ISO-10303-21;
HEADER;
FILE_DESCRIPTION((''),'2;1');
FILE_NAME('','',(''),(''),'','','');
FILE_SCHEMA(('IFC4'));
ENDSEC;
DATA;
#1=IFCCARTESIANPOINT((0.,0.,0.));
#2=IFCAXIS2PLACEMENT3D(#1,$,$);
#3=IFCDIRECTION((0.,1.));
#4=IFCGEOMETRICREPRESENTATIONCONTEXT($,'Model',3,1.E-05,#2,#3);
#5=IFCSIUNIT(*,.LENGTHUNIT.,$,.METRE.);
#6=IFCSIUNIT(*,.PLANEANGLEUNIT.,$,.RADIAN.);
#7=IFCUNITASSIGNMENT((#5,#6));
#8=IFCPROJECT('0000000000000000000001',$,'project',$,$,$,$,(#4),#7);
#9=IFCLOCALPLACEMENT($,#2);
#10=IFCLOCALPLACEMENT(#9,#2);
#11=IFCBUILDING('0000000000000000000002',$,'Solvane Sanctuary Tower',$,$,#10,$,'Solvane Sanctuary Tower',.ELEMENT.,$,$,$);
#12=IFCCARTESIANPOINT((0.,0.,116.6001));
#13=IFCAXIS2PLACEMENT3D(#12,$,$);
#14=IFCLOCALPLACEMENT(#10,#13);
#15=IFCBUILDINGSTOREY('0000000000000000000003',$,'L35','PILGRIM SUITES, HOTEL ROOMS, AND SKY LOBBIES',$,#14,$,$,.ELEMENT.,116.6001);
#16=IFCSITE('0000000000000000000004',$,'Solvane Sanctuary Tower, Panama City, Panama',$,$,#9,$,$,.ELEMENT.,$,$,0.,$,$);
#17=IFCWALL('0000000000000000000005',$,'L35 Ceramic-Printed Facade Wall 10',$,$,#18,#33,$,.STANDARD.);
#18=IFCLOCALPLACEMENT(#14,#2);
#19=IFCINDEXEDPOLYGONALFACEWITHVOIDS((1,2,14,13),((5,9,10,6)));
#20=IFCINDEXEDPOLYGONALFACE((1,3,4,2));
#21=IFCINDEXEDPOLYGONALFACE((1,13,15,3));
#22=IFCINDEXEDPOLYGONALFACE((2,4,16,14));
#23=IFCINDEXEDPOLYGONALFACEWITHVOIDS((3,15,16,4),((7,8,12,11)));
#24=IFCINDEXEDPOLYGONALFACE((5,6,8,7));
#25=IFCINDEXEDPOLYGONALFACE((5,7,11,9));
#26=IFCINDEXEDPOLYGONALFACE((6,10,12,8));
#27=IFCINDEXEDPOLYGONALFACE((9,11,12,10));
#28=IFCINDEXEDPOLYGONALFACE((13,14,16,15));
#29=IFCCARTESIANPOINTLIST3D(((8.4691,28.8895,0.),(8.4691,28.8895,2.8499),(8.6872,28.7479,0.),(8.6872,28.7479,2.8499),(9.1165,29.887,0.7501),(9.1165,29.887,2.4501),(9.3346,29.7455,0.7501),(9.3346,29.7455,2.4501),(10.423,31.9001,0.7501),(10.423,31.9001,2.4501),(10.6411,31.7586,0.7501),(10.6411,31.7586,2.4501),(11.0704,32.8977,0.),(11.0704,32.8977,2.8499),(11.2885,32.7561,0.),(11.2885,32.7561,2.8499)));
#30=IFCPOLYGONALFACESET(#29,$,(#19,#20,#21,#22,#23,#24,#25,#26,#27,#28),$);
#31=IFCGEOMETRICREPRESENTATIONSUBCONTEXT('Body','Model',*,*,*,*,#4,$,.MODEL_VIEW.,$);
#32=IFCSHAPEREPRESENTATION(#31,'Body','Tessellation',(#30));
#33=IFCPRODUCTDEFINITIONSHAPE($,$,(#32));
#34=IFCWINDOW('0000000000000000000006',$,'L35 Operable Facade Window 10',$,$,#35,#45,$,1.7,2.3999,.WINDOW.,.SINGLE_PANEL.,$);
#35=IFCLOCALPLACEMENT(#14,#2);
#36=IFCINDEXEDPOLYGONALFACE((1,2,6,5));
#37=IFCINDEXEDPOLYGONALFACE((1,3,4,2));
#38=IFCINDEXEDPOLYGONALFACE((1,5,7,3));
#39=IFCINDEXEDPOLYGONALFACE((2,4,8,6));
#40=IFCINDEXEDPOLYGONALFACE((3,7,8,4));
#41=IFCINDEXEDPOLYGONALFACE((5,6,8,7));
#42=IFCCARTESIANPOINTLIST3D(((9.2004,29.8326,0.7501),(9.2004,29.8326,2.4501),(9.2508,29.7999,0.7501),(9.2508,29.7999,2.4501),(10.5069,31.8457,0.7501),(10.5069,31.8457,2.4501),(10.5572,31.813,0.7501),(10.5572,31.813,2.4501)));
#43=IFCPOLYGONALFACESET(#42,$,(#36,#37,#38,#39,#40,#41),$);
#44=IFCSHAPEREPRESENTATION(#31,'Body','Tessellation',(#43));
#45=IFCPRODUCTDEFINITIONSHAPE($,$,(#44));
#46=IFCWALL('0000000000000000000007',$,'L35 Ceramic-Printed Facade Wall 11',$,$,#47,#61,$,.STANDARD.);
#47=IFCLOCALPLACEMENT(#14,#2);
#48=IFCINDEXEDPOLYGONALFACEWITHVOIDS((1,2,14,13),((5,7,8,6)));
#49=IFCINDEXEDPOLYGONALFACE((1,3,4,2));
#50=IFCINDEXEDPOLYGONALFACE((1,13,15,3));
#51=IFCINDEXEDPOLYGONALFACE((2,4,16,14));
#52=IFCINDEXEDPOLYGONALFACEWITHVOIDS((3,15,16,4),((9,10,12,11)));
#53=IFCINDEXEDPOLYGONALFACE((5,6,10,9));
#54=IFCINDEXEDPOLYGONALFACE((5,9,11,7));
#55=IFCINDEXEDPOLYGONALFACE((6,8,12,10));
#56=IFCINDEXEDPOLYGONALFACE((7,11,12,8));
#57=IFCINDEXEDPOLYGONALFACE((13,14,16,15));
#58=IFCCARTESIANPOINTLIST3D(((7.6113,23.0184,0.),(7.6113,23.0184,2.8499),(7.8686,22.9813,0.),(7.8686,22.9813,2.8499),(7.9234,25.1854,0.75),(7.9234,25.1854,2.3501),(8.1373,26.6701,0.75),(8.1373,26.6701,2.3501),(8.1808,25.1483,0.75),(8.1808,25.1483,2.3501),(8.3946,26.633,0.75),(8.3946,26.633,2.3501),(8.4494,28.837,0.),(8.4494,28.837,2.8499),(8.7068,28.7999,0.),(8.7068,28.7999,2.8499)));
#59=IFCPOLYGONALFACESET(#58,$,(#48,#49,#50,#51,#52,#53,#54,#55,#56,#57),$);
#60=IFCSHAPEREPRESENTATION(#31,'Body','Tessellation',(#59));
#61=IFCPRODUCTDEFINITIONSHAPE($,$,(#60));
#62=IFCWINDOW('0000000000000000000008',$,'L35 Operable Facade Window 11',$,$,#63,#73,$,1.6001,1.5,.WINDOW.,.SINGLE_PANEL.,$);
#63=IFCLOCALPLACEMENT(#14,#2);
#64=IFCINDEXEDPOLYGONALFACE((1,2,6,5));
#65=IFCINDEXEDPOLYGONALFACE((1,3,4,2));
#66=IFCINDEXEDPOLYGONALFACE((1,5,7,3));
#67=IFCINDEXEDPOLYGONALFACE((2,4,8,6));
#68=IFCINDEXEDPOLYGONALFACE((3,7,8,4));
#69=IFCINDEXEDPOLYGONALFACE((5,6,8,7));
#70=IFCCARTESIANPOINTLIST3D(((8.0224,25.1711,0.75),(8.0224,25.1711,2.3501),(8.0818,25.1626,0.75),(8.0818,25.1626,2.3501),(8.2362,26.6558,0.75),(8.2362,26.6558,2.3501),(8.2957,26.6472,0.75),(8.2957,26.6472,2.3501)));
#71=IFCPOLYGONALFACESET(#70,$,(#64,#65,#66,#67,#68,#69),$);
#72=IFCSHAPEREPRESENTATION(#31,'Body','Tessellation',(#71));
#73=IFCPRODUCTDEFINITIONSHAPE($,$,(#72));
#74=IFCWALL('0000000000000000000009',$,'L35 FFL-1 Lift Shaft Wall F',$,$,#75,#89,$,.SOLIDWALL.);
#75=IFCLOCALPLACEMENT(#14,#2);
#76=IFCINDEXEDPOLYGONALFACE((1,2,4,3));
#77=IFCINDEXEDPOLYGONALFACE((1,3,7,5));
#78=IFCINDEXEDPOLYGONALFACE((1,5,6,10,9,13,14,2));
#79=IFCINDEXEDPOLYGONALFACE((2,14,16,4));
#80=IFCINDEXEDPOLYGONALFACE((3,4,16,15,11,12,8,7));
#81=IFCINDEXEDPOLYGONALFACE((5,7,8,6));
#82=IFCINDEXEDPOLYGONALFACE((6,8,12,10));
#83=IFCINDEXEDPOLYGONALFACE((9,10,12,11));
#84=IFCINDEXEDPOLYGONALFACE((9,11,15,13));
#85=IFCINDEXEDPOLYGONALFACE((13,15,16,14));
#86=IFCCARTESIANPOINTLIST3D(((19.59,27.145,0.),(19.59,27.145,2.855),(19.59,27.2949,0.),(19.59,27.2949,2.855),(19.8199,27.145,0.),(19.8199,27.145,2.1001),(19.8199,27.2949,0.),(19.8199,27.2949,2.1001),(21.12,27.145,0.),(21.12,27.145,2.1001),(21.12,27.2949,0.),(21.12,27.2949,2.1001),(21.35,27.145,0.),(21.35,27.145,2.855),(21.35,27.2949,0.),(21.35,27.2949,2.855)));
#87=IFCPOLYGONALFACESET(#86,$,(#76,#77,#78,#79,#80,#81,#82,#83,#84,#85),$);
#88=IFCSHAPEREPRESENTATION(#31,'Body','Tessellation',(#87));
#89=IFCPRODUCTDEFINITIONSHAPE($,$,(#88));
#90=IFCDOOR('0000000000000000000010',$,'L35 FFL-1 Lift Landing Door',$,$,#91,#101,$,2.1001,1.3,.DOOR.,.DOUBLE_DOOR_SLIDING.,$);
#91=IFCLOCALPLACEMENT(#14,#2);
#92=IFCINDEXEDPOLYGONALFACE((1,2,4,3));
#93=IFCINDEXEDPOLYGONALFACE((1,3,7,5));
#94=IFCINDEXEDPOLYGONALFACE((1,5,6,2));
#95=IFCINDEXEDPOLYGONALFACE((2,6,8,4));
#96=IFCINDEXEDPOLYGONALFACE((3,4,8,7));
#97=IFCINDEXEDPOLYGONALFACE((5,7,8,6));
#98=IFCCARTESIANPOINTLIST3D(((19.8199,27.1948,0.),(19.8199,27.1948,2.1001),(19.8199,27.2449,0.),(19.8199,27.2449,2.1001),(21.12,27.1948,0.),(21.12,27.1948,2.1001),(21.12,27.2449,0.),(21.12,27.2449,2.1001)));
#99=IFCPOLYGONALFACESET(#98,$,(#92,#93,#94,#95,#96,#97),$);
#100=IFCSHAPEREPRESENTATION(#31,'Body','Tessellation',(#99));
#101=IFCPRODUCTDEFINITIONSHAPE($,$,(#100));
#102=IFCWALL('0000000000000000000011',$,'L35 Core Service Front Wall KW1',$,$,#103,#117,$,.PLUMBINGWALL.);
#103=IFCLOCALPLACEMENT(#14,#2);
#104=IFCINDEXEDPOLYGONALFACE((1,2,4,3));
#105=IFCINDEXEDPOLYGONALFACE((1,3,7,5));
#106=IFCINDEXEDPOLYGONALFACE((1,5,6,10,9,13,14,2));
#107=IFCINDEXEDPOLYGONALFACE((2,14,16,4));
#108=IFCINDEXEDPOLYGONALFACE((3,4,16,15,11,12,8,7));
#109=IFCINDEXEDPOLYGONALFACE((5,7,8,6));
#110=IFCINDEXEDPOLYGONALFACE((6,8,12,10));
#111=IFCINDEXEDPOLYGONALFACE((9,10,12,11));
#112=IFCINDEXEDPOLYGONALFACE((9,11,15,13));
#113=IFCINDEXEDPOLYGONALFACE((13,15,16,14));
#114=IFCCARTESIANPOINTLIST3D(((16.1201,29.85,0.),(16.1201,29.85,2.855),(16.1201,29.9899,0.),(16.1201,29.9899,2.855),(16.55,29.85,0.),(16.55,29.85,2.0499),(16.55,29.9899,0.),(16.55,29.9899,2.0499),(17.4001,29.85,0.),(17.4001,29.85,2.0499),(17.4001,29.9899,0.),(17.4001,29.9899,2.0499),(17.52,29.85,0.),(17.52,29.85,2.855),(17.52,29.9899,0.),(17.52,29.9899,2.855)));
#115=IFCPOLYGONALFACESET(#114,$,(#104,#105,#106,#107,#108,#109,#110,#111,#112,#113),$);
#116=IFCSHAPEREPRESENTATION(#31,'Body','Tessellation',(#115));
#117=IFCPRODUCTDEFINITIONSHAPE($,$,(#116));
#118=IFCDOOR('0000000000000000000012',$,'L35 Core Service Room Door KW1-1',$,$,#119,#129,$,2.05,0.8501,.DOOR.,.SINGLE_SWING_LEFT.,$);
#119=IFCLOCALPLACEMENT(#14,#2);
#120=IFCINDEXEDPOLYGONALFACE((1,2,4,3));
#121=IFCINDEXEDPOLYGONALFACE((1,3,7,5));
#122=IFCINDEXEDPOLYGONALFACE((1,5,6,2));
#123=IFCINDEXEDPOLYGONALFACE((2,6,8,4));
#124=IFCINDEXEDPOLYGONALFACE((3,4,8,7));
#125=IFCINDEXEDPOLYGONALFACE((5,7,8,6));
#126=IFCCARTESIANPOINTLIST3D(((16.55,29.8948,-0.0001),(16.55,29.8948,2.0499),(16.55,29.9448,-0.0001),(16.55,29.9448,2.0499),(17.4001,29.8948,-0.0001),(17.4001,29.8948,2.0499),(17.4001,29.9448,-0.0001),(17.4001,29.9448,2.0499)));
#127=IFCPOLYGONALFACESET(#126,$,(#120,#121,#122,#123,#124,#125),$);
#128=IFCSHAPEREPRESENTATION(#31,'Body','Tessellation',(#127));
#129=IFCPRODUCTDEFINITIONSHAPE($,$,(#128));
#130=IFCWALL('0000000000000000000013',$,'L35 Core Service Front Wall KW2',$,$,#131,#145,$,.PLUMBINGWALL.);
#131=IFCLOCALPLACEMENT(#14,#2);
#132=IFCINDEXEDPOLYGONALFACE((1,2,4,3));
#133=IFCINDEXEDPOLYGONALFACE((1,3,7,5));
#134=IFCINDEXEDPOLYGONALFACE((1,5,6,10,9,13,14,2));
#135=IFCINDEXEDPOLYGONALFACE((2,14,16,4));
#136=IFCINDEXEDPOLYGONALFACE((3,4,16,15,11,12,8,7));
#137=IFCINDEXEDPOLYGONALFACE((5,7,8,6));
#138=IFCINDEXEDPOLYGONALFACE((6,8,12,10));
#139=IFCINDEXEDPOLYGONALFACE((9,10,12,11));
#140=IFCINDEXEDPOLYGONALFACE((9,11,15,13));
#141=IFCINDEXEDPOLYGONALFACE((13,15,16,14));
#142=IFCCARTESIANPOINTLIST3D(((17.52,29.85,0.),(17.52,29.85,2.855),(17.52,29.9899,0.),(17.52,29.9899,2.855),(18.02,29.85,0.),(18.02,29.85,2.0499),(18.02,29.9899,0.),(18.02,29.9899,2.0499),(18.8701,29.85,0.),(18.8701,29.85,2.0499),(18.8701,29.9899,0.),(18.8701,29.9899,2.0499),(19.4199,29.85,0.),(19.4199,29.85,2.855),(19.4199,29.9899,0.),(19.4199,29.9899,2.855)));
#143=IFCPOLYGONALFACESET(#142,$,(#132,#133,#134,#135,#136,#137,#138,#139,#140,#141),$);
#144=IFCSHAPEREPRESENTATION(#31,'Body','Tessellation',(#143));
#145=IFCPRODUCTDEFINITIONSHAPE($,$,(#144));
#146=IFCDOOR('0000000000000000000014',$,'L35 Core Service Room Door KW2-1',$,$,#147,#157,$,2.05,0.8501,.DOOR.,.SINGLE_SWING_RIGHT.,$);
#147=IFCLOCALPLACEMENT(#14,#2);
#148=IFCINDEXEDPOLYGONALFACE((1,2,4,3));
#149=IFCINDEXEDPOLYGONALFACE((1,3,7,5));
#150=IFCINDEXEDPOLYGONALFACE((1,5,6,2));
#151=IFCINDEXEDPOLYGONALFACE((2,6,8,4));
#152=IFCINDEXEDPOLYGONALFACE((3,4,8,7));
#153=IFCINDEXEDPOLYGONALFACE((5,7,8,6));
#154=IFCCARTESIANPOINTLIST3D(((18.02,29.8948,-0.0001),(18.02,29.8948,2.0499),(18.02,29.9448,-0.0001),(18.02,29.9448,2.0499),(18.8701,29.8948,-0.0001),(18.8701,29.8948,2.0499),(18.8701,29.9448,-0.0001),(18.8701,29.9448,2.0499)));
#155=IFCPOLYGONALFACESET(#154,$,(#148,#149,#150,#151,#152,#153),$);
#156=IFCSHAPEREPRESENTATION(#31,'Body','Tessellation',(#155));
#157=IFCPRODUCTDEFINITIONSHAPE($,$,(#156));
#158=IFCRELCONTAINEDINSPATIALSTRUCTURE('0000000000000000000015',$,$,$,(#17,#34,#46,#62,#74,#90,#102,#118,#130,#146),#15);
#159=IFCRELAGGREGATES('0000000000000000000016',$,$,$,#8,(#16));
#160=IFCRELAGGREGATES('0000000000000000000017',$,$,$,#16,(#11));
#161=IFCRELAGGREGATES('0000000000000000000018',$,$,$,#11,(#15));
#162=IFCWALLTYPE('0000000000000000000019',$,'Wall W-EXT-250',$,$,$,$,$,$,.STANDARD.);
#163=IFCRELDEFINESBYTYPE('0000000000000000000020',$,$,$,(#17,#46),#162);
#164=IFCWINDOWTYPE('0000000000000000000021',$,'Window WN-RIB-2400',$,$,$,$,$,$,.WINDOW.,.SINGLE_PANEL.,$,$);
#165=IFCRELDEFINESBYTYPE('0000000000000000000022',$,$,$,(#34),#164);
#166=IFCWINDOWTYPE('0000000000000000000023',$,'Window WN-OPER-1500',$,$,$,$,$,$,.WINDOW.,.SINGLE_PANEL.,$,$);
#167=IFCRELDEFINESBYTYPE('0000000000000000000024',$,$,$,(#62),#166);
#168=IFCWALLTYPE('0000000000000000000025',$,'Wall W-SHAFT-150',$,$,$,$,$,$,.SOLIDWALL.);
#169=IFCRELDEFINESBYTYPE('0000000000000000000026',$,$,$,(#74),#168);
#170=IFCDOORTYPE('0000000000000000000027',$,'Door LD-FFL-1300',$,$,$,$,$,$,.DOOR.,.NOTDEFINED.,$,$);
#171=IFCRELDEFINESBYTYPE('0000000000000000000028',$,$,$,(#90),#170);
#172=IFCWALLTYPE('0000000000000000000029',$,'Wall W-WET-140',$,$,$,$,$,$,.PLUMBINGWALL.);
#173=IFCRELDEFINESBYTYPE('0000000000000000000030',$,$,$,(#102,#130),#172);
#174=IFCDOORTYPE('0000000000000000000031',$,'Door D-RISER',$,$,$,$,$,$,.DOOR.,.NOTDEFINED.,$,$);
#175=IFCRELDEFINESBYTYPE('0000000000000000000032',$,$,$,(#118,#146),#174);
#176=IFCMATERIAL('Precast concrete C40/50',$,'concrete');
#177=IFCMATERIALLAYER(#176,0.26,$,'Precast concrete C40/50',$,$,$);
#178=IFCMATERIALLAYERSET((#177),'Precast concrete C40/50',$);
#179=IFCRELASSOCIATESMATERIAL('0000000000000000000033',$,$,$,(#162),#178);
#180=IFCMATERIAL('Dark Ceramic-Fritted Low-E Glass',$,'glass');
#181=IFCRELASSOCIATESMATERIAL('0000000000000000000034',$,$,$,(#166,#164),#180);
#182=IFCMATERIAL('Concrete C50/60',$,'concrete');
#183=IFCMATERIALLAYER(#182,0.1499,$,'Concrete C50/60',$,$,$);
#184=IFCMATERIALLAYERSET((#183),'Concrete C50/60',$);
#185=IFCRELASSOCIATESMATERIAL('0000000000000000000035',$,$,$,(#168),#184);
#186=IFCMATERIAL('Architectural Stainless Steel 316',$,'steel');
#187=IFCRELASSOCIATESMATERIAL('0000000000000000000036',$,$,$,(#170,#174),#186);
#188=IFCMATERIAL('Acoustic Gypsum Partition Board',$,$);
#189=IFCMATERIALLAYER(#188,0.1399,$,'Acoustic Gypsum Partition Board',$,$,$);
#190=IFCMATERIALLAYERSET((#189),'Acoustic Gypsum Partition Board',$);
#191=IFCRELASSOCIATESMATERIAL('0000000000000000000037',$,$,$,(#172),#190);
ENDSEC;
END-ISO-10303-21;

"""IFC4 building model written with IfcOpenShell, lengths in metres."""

from ifc_helpers import new_model, si_unit, direction, frame, frame_2d, origin, place, context, subcontext, project, spatial, rectangle, extrude, material, layer, layer_set, type_object, element, fill, save


model = new_model("IFC4")

# Units and contexts
model_context = context("Model", 3, precision=1e-05, world=origin(), true_north=direction((0.0, 1.0)))
body_context = subcontext(model_context, "Body", "Model", "MODEL_VIEW")
ifc_project = project(units=[si_unit("LENGTHUNIT", "METRE"), si_unit("PLANEANGLEUNIT", "RADIAN")], contexts=[model_context])

# Site, building, storey
site_placement = place(None, origin())
site = spatial("IfcSite", under=ifc_project, at=site_placement, Name="Solvane Sanctuary Tower, Panama City, Panama", CompositionType="ELEMENT", RefElevation=0.0)
building_placement = place(site_placement, origin())
building = spatial("IfcBuilding", under=site, at=building_placement, Name="Solvane Sanctuary Tower", LongName="Solvane Sanctuary Tower", CompositionType="ELEMENT")
storey_placement = place(building_placement, frame((0.0, 0.0, 116.6001)))
storey = spatial("IfcBuildingStorey", under=building, at=storey_placement, Name="L35", Description="PILGRIM SUITES, HOTEL ROOMS, AND SKY LOBBIES", CompositionType="ELEMENT", Elevation=116.6001)

# Shared definitions
ifc_material_1 = material(Name="Acoustic Gypsum Partition Board")

# Shared definitions
ifc_material_2 = material(Name="Precast concrete C40/50", Category="concrete")
ifc_layer_1 = layer(ifc_material_2, 0.26, Name="Precast concrete C40/50")
ifc_layer_set_1 = layer_set([ifc_layer_1], Name="Precast concrete C40/50")
wall_type_1 = type_object("IfcWallType", Name="Wall W-EXT-250", PredefinedType="STANDARD", material=ifc_layer_set_1)

# Walls, openings, windows
ifc_material_3 = material(Name="Dark Ceramic-Fritted Low-E Glass", Category="glass")
window_type_1 = type_object("IfcWindowType", Name="Window WN-OPER-1500", PartitioningType="SINGLE_PANEL", PredefinedType="WINDOW", material=ifc_material_3)
wall_1_placement = place(storey_placement, frame((11.1794, 32.8269, 0.0), z_axis=(0.0, 0.0, 1.0), x_axis=(-0.544388, -0.838833, 0.0)))
wall_1 = element("IfcWall", 1, at=wall_1_placement, inside=storey, type_object=wall_type_1, Name="L35 Ceramic-Printed Facade Wall 10", PredefinedType="STANDARD", context=body_context, shape_type="SweptSolid", body=[
    extrude(rectangle(XDim=4.7783, YDim=0.26, at=frame_2d((2.3892, 0.0))), origin(), (0.0, 0.0, 1.0), 2.8499),
])
opening_1_placement = place(wall_1_placement, frame((1.1892, 0.0, 0.75)))
opening_1 = element("IfcOpeningElement", 2, at=opening_1_placement, cuts=wall_1, PredefinedType="OPENING", context=body_context, shape_type="SweptSolid", body=[
    extrude(rectangle(XDim=2.3999, YDim=1.7, at=frame_2d((1.2, 0.8501))), frame((0.0, 0.1399, 0.0), z_axis=(0.0, -1.0, 0.0), x_axis=(1.0, 0.0, 0.0)), (0.0, 0.0, 1.0), 0.28),
])
window_type_2 = type_object("IfcWindowType", Name="Window WN-RIB-2400", PartitioningType="SINGLE_PANEL", PredefinedType="WINDOW", material=ifc_material_3)
window_1_placement = place(opening_1_placement, origin())
window_1 = element("IfcWindow", 3, at=window_1_placement, inside=storey, type_object=window_type_2, Name="L35 Operable Facade Window 10", OverallHeight=1.7, OverallWidth=2.3999, PartitioningType="SINGLE_PANEL", PredefinedType="WINDOW", context=body_context, shape_type="SweptSolid", body=[
    extrude(rectangle(XDim=2.3999, YDim=1.7, at=frame_2d((1.2, 0.8501))), frame((0.0, 0.03, 0.0), z_axis=(0.0, -1.0, 0.0), x_axis=(1.0, 0.0, 0.0)), (0.0, 0.0, 1.0), 0.0601),
])
fill(opening_1, window_1)
wall_2_placement = place(storey_placement, frame((8.5781, 28.8186, 0.0), z_axis=(0.0, 0.0, 1.0), x_axis=(-0.142572, -0.989784, 0.0)))
wall_2 = element("IfcWall", 4, at=wall_2_placement, inside=storey, type_object=wall_type_1, Name="L35 Ceramic-Printed Facade Wall 11", PredefinedType="STANDARD", context=body_context, shape_type="SweptSolid", body=[
    extrude(rectangle(XDim=5.8787, YDim=0.26, at=frame_2d((2.9395, 0.0))), origin(), (0.0, 0.0, 1.0), 2.8499),
])
opening_2_placement = place(wall_2_placement, frame((2.1895, 0.0, 0.75)))
opening_2 = element("IfcOpeningElement", 5, at=opening_2_placement, cuts=wall_2, PredefinedType="OPENING", context=body_context, shape_type="SweptSolid", body=[
    extrude(rectangle(XDim=1.5, YDim=1.6001, at=frame_2d((0.75, 0.8))), frame((0.0, 0.1399, 0.0), z_axis=(0.0, -1.0, 0.0), x_axis=(1.0, 0.0, 0.0)), (0.0, 0.0, 1.0), 0.28),
])
window_2_placement = place(opening_2_placement, origin())
window_2 = element("IfcWindow", 6, at=window_2_placement, inside=storey, type_object=window_type_1, Name="L35 Operable Facade Window 11", OverallHeight=1.6001, OverallWidth=1.5, PartitioningType="SINGLE_PANEL", PredefinedType="WINDOW", context=body_context, shape_type="SweptSolid", body=[
    extrude(rectangle(XDim=1.5, YDim=1.6001, at=frame_2d((0.75, 0.8))), frame((0.0, 0.03, 0.0), z_axis=(0.0, -1.0, 0.0), x_axis=(1.0, 0.0, 0.0)), (0.0, 0.0, 1.0), 0.0601),
])
fill(opening_2, window_2)

# Walls, openings, doors
ifc_material_4 = material(Name="Concrete C50/60", Category="concrete")
ifc_layer_2 = layer(ifc_material_4, 0.1499, Name="Concrete C50/60")
ifc_layer_set_2 = layer_set([ifc_layer_2], Name="Concrete C50/60")
wall_type_2 = type_object("IfcWallType", Name="Wall W-SHAFT-150", PredefinedType="SOLIDWALL", material=ifc_layer_set_2)
wall_3_placement = place(storey_placement, frame((19.5901, 27.22, 0.0), z_axis=(0.0, 0.0, 1.0), x_axis=(1.0, 0.0, 0.0)))
wall_3 = element("IfcWall", 7, at=wall_3_placement, inside=storey, type_object=wall_type_2, Name="L35 FFL-1 Lift Shaft Wall F", PredefinedType="SOLIDWALL", context=body_context, shape_type="SweptSolid", body=[
    extrude(rectangle(XDim=1.76, YDim=0.1499, at=frame_2d((0.8799, 0.0))), origin(), (0.0, 0.0, 1.0), 2.855),
])
opening_3_placement = place(wall_3_placement, frame((0.23, 0.0, 0.0)))
opening_3 = element("IfcOpeningElement", 8, at=opening_3_placement, cuts=wall_3, PredefinedType="OPENING", context=body_context, shape_type="SweptSolid", body=[
    extrude(rectangle(XDim=1.3, YDim=2.1001, at=frame_2d((0.6499, 1.05))), frame((0.0, 0.085, 0.0), z_axis=(0.0, -1.0, 0.0), x_axis=(1.0, 0.0, 0.0)), (0.0, 0.0, 1.0), 0.1699),
])
ifc_material_5 = material(Name="Architectural Stainless Steel 316", Category="steel")
door_type_1 = type_object("IfcDoorType", Name="Door LD-FFL-1300", OperationType="NOTDEFINED", PredefinedType="DOOR", material=ifc_material_5)
door_1_placement = place(opening_3_placement, origin())
door_1 = element("IfcDoor", 9, at=door_1_placement, inside=storey, type_object=door_type_1, Name="L35 FFL-1 Lift Landing Door", OperationType="DOUBLE_DOOR_SLIDING", OverallHeight=2.1001, OverallWidth=1.3, PredefinedType="DOOR", context=body_context, shape_type="SweptSolid", body=[
    extrude(rectangle(XDim=1.3, YDim=2.1001, at=frame_2d((0.6499, 1.05))), frame((0.0, 0.0249, 0.0), z_axis=(0.0, -1.0, 0.0), x_axis=(1.0, 0.0, 0.0)), (0.0, 0.0, 1.0), 0.05),
])
fill(opening_3, door_1)
ifc_layer_3 = layer(ifc_material_1, 0.1399, Name="Acoustic Gypsum Partition Board")
ifc_layer_set_3 = layer_set([ifc_layer_3], Name="Acoustic Gypsum Partition Board")
wall_type_3 = type_object("IfcWallType", Name="Wall W-WET-140", PredefinedType="PLUMBINGWALL", material=ifc_layer_set_3)
wall_4_placement = place(storey_placement, frame((16.1201, 29.9199, 0.0), z_axis=(0.0, 0.0, 1.0), x_axis=(1.0, 0.0, 0.0)))
wall_4 = element("IfcWall", 10, at=wall_4_placement, inside=storey, type_object=wall_type_3, Name="L35 Core Service Front Wall KW1", PredefinedType="PLUMBINGWALL", context=body_context, shape_type="SweptSolid", body=[
    extrude(rectangle(XDim=1.3999, YDim=0.1399, at=frame_2d((0.7, 0.0))), origin(), (0.0, 0.0, 1.0), 2.855),
])
opening_4_placement = place(wall_4_placement, frame((0.4299, 0.0, 0.0)))
opening_4 = element("IfcOpeningElement", 11, at=opening_4_placement, cuts=wall_4, PredefinedType="OPENING", context=body_context, shape_type="SweptSolid", body=[
    extrude(rectangle(XDim=0.8501, YDim=2.05, at=frame_2d((0.425, 1.0249))), frame((0.0, 0.0798, 0.0), z_axis=(0.0, -1.0, 0.0), x_axis=(1.0, 0.0, 0.0)), (0.0, 0.0, 1.0), 0.1599),
])
door_type_2 = type_object("IfcDoorType", Name="Door D-RISER", OperationType="NOTDEFINED", PredefinedType="DOOR", material=ifc_material_5)
door_2_placement = place(opening_4_placement, origin())
door_2 = element("IfcDoor", 12, at=door_2_placement, inside=storey, type_object=door_type_2, Name="L35 Core Service Room Door KW1-1", OperationType="SINGLE_SWING_LEFT", OverallHeight=2.05, OverallWidth=0.8501, PredefinedType="DOOR", context=body_context, shape_type="SweptSolid", body=[
    extrude(rectangle(XDim=0.8501, YDim=2.05, at=frame_2d((0.425, 1.0249))), frame((0.0, 0.0249, 0.0), z_axis=(0.0, -1.0, 0.0), x_axis=(1.0, 0.0, 0.0)), (0.0, 0.0, 1.0), 0.05),
])
fill(opening_4, door_2)
wall_5_placement = place(storey_placement, frame((17.52, 29.9199, 0.0), z_axis=(0.0, 0.0, 1.0), x_axis=(1.0, 0.0, 0.0)))
wall_5 = element("IfcWall", 13, at=wall_5_placement, inside=storey, type_object=wall_type_3, Name="L35 Core Service Front Wall KW2", PredefinedType="PLUMBINGWALL", context=body_context, shape_type="SweptSolid", body=[
    extrude(rectangle(XDim=1.8999, YDim=0.1399, at=frame_2d((0.95, 0.0))), origin(), (0.0, 0.0, 1.0), 2.855),
])
opening_5_placement = place(wall_5_placement, frame((0.5, 0.0, 0.0)))
opening_5 = element("IfcOpeningElement", 14, at=opening_5_placement, cuts=wall_5, PredefinedType="OPENING", context=body_context, shape_type="SweptSolid", body=[
    extrude(rectangle(XDim=0.8501, YDim=2.05, at=frame_2d((0.425, 1.0249))), frame((0.0, 0.0798, 0.0), z_axis=(0.0, -1.0, 0.0), x_axis=(1.0, 0.0, 0.0)), (0.0, 0.0, 1.0), 0.1599),
])
door_3_placement = place(opening_5_placement, origin())
door_3 = element("IfcDoor", 15, at=door_3_placement, inside=storey, type_object=door_type_2, Name="L35 Core Service Room Door KW2-1", OperationType="SINGLE_SWING_RIGHT", OverallHeight=2.05, OverallWidth=0.8501, PredefinedType="DOOR", context=body_context, shape_type="SweptSolid", body=[
    extrude(rectangle(XDim=0.8501, YDim=2.05, at=frame_2d((0.425, 1.0249))), frame((0.0, 0.0249, 0.0), z_axis=(0.0, -1.0, 0.0), x_axis=(1.0, 0.0, 0.0)), (0.0, 0.0, 1.0), 0.05),
])
fill(opening_5, door_3)

save(model, "model.ifc")
